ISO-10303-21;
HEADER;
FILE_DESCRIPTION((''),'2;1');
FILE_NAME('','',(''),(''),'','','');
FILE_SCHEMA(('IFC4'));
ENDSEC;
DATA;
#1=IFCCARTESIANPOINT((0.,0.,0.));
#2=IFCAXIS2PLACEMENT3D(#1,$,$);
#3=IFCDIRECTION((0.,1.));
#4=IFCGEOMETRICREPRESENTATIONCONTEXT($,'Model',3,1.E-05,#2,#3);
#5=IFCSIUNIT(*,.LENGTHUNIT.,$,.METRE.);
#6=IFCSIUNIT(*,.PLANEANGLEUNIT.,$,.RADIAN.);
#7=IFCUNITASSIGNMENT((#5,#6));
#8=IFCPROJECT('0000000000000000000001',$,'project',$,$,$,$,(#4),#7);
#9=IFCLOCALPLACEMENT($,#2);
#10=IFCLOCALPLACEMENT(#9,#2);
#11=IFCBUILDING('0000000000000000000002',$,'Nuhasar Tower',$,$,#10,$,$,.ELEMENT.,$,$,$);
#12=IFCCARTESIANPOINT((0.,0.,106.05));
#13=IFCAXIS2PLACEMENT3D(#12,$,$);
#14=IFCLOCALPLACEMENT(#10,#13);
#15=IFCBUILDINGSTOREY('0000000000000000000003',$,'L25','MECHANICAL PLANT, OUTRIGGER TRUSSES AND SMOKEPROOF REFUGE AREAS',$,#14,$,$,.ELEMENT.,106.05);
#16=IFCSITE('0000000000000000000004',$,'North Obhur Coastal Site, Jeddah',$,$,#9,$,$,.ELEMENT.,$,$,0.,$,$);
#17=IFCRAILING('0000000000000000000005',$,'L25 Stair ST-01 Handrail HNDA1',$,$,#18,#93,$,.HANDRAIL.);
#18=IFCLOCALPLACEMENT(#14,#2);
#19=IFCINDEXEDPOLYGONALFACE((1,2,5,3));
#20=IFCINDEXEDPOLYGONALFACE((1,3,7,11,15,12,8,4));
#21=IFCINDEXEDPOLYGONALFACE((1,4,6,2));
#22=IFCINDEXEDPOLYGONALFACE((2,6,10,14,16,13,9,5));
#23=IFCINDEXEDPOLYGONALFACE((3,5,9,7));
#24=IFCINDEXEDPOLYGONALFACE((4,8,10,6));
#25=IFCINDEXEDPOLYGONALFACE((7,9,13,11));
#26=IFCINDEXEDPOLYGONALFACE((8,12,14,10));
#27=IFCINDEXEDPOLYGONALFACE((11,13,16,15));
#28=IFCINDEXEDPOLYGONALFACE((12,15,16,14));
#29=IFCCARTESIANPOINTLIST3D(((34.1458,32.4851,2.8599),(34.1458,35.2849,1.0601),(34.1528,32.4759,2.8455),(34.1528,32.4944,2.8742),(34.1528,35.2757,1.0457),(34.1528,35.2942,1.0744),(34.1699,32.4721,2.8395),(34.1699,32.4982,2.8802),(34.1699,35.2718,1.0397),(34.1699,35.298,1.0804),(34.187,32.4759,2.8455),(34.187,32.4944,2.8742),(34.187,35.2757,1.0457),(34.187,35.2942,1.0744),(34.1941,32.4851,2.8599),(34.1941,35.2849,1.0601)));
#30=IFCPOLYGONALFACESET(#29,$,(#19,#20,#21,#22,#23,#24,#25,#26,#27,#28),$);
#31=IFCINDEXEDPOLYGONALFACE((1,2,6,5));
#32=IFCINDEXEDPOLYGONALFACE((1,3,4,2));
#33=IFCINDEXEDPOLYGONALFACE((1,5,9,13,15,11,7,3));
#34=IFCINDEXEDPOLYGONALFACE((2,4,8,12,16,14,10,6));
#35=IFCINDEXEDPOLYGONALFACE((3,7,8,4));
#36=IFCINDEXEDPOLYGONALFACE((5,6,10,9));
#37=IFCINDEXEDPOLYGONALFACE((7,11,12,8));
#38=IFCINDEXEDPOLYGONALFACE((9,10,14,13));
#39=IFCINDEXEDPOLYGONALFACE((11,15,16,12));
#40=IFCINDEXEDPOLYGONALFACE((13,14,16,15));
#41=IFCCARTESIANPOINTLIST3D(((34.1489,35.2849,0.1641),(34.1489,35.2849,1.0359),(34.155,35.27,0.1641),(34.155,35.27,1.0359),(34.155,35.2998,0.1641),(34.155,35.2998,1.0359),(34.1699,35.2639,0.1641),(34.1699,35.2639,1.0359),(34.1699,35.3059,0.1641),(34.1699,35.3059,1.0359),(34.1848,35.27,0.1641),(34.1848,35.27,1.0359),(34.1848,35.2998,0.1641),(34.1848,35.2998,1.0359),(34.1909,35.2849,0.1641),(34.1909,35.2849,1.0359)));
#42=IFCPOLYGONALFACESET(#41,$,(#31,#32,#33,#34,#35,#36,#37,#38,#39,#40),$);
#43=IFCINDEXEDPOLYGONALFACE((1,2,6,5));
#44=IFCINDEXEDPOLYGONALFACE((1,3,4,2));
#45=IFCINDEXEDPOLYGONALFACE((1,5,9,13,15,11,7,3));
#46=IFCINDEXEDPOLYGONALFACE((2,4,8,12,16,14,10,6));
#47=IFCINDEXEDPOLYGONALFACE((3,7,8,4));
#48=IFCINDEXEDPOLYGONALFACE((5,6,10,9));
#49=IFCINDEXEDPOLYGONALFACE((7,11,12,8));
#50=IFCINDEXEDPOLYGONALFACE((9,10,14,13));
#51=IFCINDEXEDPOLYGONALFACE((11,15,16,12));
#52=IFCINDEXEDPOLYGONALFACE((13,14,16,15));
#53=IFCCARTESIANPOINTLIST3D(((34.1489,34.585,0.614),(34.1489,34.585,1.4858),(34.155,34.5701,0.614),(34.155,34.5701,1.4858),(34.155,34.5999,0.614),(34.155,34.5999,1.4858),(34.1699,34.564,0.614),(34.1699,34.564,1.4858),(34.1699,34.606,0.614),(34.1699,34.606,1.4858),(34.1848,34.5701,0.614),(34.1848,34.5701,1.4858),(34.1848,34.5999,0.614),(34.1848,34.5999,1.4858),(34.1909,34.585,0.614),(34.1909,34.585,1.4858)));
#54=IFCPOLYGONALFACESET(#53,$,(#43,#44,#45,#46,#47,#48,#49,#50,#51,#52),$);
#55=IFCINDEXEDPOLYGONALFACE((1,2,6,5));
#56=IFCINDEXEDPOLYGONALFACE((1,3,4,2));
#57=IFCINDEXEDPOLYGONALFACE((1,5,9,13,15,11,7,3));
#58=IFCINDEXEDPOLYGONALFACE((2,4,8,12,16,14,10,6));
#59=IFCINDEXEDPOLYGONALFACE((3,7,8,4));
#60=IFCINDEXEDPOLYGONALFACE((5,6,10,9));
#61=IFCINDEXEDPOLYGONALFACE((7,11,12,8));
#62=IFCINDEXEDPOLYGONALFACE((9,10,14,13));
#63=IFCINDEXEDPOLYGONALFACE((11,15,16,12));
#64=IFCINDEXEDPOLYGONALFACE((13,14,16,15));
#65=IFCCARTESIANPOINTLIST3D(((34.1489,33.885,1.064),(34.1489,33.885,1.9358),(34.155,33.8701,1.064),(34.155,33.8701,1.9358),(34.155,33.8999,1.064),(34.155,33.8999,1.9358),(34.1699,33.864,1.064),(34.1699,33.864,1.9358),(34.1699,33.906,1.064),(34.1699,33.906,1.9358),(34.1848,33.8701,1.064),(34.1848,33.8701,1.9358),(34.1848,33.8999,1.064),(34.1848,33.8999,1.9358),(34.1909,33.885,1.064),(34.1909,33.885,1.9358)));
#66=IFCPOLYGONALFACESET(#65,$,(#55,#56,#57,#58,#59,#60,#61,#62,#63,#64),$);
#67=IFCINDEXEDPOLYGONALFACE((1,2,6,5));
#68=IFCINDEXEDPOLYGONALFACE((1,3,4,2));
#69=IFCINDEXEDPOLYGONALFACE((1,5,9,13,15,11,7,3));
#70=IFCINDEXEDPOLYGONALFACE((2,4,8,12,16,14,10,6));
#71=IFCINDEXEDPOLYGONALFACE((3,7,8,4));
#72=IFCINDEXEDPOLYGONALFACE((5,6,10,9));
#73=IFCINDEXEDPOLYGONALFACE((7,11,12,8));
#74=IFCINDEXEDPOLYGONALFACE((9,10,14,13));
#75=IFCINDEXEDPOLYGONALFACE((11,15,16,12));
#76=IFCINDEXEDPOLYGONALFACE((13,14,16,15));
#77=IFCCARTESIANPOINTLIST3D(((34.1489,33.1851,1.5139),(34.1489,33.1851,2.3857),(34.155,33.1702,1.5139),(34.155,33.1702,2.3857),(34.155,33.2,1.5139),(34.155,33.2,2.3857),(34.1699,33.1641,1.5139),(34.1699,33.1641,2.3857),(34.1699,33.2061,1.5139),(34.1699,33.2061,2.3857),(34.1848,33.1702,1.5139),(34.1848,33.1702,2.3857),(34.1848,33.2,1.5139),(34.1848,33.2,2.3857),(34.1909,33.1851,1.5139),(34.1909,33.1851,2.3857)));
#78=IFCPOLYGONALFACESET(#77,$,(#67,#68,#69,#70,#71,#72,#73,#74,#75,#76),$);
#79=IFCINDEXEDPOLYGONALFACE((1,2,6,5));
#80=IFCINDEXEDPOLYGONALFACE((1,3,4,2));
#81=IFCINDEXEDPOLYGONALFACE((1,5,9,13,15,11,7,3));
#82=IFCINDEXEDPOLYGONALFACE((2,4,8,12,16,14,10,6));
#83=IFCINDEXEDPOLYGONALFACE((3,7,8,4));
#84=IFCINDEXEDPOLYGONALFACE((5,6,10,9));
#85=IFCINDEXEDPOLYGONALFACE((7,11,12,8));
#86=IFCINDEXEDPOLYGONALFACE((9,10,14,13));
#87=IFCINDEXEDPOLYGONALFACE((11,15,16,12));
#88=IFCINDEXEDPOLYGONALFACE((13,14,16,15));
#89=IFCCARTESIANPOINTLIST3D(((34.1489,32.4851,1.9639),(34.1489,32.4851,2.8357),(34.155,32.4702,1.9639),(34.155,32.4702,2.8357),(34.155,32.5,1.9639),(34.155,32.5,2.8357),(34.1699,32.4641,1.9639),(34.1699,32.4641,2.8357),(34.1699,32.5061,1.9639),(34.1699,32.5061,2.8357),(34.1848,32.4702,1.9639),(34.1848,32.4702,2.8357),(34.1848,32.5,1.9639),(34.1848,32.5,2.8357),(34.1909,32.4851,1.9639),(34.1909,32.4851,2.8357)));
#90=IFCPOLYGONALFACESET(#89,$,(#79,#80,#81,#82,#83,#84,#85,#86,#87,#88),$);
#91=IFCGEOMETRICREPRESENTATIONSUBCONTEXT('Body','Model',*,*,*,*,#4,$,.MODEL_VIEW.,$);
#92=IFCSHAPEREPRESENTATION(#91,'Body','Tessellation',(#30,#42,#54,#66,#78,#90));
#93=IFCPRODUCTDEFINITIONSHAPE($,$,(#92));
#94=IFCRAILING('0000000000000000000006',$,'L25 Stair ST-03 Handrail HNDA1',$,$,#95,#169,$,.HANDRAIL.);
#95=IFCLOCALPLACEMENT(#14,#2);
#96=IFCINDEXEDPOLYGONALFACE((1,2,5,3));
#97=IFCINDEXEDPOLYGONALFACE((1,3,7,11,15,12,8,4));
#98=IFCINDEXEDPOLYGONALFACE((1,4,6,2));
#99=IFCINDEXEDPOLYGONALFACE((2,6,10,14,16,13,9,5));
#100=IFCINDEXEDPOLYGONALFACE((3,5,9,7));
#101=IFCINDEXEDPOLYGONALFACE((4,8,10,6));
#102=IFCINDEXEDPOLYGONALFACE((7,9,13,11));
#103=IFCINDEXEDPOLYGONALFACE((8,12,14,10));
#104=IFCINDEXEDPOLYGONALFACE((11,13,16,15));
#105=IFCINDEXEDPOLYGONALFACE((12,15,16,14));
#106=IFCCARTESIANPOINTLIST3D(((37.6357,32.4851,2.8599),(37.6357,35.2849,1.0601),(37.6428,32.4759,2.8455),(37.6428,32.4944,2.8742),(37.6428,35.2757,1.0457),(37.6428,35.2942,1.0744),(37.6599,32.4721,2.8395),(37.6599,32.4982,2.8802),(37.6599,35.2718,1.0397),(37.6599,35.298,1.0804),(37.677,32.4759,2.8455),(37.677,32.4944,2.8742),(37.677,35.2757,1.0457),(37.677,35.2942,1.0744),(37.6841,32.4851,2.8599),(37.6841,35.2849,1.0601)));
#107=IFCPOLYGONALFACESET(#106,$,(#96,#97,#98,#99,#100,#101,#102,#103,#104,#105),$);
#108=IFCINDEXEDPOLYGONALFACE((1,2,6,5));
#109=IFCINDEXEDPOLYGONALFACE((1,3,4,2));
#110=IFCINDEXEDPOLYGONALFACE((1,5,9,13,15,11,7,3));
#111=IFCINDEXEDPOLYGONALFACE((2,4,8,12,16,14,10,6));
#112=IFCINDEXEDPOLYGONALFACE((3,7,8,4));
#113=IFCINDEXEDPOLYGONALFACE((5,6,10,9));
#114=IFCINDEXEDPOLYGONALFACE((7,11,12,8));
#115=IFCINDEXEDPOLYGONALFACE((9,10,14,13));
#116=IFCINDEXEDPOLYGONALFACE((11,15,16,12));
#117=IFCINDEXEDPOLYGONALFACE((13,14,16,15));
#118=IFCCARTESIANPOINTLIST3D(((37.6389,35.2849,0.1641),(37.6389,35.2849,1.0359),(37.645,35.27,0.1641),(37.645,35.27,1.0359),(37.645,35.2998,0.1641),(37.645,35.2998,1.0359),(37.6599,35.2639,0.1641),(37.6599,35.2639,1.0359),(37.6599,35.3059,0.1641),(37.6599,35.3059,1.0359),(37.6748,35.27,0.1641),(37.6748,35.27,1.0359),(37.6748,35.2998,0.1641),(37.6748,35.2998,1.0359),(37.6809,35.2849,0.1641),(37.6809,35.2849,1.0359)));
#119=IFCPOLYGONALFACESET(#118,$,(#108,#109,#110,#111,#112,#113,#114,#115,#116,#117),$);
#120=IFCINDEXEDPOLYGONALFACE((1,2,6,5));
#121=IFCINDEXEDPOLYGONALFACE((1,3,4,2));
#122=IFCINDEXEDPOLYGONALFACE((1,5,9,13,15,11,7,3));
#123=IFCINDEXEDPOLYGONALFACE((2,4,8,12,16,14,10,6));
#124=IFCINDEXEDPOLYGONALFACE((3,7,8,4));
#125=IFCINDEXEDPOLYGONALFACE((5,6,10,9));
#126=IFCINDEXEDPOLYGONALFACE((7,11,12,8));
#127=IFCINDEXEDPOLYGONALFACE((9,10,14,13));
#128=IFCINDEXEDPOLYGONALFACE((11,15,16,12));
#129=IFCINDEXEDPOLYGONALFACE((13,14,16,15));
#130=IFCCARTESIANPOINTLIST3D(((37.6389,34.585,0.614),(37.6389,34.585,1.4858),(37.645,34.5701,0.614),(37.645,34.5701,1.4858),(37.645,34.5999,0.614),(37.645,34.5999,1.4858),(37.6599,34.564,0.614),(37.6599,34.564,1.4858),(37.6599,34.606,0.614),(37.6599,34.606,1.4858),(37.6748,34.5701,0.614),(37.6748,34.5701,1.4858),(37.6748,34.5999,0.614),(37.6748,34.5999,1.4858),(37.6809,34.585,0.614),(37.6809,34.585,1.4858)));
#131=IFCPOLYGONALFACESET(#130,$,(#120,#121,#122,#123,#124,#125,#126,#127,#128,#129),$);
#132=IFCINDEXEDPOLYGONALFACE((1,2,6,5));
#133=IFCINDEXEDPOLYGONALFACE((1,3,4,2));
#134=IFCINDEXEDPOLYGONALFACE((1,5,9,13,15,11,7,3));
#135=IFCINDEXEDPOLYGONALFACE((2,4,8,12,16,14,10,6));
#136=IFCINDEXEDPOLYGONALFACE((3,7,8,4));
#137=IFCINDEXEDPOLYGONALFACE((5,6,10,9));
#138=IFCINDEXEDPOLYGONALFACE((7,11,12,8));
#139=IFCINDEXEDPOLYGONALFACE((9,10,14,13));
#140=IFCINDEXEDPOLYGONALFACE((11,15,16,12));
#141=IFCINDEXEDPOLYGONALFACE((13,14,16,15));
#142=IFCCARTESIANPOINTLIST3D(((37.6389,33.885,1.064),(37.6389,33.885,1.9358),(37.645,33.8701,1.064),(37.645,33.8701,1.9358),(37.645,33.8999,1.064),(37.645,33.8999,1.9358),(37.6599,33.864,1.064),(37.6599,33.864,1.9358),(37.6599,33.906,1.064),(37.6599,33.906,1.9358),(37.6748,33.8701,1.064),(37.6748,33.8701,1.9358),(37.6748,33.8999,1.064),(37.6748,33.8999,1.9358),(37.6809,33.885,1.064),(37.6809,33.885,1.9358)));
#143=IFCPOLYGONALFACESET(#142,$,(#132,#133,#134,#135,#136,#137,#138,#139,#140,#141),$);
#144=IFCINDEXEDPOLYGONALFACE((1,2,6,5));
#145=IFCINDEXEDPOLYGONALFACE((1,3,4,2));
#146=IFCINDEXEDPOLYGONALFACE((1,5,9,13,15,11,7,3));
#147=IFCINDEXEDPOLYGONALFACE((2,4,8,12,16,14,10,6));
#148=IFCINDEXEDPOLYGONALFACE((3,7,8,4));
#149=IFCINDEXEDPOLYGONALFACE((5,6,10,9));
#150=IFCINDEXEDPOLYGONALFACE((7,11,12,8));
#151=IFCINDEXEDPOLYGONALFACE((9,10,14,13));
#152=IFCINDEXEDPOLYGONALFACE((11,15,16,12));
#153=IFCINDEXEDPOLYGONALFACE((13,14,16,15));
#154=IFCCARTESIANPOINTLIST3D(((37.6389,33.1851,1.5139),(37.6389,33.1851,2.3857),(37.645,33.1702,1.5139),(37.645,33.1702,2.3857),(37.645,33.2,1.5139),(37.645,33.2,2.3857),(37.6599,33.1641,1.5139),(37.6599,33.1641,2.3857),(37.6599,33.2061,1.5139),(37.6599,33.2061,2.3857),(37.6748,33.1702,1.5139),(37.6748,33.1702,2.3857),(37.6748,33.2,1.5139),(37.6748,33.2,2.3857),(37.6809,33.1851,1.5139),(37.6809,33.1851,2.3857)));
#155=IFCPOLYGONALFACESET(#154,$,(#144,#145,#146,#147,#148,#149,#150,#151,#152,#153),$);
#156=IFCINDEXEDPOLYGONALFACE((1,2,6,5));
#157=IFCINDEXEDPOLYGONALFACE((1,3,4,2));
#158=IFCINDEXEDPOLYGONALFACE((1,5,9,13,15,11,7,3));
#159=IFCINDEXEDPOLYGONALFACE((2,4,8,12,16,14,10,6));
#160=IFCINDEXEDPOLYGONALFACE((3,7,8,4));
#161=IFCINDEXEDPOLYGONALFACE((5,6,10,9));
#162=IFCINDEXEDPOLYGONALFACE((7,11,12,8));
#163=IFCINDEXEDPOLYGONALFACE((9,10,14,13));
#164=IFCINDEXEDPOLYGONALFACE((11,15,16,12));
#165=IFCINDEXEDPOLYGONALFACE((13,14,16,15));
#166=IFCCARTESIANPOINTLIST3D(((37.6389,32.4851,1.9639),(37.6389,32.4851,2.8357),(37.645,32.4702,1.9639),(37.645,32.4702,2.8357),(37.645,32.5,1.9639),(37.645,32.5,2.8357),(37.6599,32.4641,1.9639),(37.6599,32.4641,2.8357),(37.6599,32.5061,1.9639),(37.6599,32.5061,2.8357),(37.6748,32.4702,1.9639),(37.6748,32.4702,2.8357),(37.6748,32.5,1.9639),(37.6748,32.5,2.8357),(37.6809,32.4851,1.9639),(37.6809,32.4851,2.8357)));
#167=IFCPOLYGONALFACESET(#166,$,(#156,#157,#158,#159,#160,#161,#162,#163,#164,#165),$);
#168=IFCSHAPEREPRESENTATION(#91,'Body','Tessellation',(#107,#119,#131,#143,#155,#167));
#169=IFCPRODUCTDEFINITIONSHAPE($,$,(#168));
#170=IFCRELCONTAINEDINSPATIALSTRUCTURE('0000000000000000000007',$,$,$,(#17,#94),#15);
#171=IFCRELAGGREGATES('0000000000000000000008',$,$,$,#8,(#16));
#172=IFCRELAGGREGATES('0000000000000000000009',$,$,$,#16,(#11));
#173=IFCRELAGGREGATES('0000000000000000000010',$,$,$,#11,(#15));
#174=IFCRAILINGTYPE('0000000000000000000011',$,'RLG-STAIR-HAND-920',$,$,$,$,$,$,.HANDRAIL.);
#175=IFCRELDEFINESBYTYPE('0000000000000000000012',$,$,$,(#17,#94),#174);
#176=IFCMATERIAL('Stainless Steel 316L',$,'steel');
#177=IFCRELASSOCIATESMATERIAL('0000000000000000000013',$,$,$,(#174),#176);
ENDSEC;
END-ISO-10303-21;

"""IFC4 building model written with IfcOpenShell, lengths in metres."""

from ifc_helpers import new_model, si_unit, direction, frame, origin, place, context, subcontext, project, spatial, polyline, outline, extrude, material, type_object, element, save


model = new_model("IFC4")

# Units and contexts
model_context = context("Model", 3, precision=1e-05, world=origin(), true_north=direction((0.0, 1.0)))
body_context = subcontext(model_context, "Body", "Model", "MODEL_VIEW")
ifc_project = project(units=[si_unit("LENGTHUNIT", "METRE"), si_unit("PLANEANGLEUNIT", "RADIAN")], contexts=[model_context])

# Site, building, storey
site_placement = place(None, origin())
site = spatial("IfcSite", under=ifc_project, at=site_placement, Name="North Obhur Coastal Site, Jeddah", CompositionType="ELEMENT", RefElevation=0.0)
building_placement = place(site_placement, origin())
building = spatial("IfcBuilding", under=site, at=building_placement, Name="Nuhasar Tower", CompositionType="ELEMENT")
storey_placement = place(building_placement, frame((0.0, 0.0, 106.05)))
storey = spatial("IfcBuildingStorey", under=building, at=storey_placement, Name="L25", Description="MECHANICAL PLANT, OUTRIGGER TRUSSES AND SMOKEPROOF REFUGE AREAS", CompositionType="ELEMENT", Elevation=106.05)

# Railings
ifc_material_1 = material(Name="Stainless Steel 316L", Category="steel")
railing_type_1 = type_object("IfcRailingType", Name="RLG-STAIR-HAND-920", PredefinedType="HANDRAIL", material=ifc_material_1)
railing_1_placement = place(storey_placement, frame((34.1699, 35.2849, 0.1641)))
element("IfcRailing", 1, at=railing_1_placement, inside=storey, type_object=railing_type_1, Name="L25 Stair ST-01 Handrail HNDA1", PredefinedType="HANDRAIL", context=body_context, shape_type="SweptSolid", body=[
    extrude(outline(polyline([(0.0242, 0.0), (0.0171, 0.0171), (0.0, 0.0242), (-0.0171, 0.0171), (-0.0242, 0.0), (-0.0171, -0.0171), (0.0, -0.0242), (0.0171, -0.0171), (0.0242, 0.0)])), frame((0.0, 0.0, 0.896), z_axis=(0.0, -0.841188, 0.540743), x_axis=(1.0, 0.0, 0.0)), (0.0, 0.0, 1.0), 3.3284),
    extrude(outline(polyline([(0.021, 0.0), (0.0149, 0.0149), (0.0, 0.021), (-0.0149, 0.0149), (-0.021, 0.0), (-0.0149, -0.0149), (0.0, -0.021), (0.0149, -0.0149), (0.021, 0.0)])), origin(), (0.0, 0.0, 1.0), 0.8718),
    extrude(outline(polyline([(0.021, 0.0), (0.0149, 0.0149), (0.0, 0.021), (-0.0149, 0.0149), (-0.021, 0.0), (-0.0149, -0.0149), (0.0, -0.021), (0.0149, -0.0149), (0.021, 0.0)])), frame((0.0, -0.7, 0.45)), (0.0, 0.0, 1.0), 0.8718),
    extrude(outline(polyline([(0.021, 0.0), (0.0149, 0.0149), (0.0, 0.021), (-0.0149, 0.0149), (-0.021, 0.0), (-0.0149, -0.0149), (0.0, -0.021), (0.0149, -0.0149), (0.021, 0.0)])), frame((0.0, -1.3999, 0.8999)), (0.0, 0.0, 1.0), 0.8718),
    extrude(outline(polyline([(0.021, 0.0), (0.0149, 0.0149), (0.0, 0.021), (-0.0149, 0.0149), (-0.021, 0.0), (-0.0149, -0.0149), (0.0, -0.021), (0.0149, -0.0149), (0.021, 0.0)])), frame((0.0, -2.0999, 1.3499)), (0.0, 0.0, 1.0), 0.8718),
    extrude(outline(polyline([(0.021, 0.0), (0.0149, 0.0149), (0.0, 0.021), (-0.0149, 0.0149), (-0.021, 0.0), (-0.0149, -0.0149), (0.0, -0.021), (0.0149, -0.0149), (0.021, 0.0)])), frame((0.0, -2.7998, 1.7998)), (0.0, 0.0, 1.0), 0.8718),
])
railing_2_placement = place(storey_placement, frame((37.6599, 35.2849, 0.1641)))
element("IfcRailing", 2, at=railing_2_placement, inside=storey, type_object=railing_type_1, Name="L25 Stair ST-03 Handrail HNDA1", PredefinedType="HANDRAIL", context=body_context, shape_type="SweptSolid", body=[
    extrude(outline(polyline([(0.0242, 0.0), (0.0171, 0.0171), (0.0, 0.0242), (-0.0171, 0.0171), (-0.0242, 0.0), (-0.0171, -0.0171), (0.0, -0.0242), (0.0171, -0.0171), (0.0242, 0.0)])), frame((0.0, 0.0, 0.896), z_axis=(0.0, -0.841188, 0.540743), x_axis=(1.0, 0.0, 0.0)), (0.0, 0.0, 1.0), 3.3284),
    extrude(outline(polyline([(0.021, 0.0), (0.0149, 0.0149), (0.0, 0.021), (-0.0149, 0.0149), (-0.021, 0.0), (-0.0149, -0.0149), (0.0, -0.021), (0.0149, -0.0149), (0.021, 0.0)])), origin(), (0.0, 0.0, 1.0), 0.8718),
    extrude(outline(polyline([(0.021, 0.0), (0.0149, 0.0149), (0.0, 0.021), (-0.0149, 0.0149), (-0.021, 0.0), (-0.0149, -0.0149), (0.0, -0.021), (0.0149, -0.0149), (0.021, 0.0)])), frame((0.0, -0.7, 0.45)), (0.0, 0.0, 1.0), 0.8718),
    extrude(outline(polyline([(0.021, 0.0), (0.0149, 0.0149), (0.0, 0.021), (-0.0149, 0.0149), (-0.021, 0.0), (-0.0149, -0.0149), (0.0, -0.021), (0.0149, -0.0149), (0.021, 0.0)])), frame((0.0, -1.3999, 0.8999)), (0.0, 0.0, 1.0), 0.8718),
    extrude(outline(polyline([(0.021, 0.0), (0.0149, 0.0149), (0.0, 0.021), (-0.0149, 0.0149), (-0.021, 0.0), (-0.0149, -0.0149), (0.0, -0.021), (0.0149, -0.0149), (0.021, 0.0)])), frame((0.0, -2.0999, 1.3499)), (0.0, 0.0, 1.0), 0.8718),
    extrude(outline(polyline([(0.021, 0.0), (0.0149, 0.0149), (0.0, 0.021), (-0.0149, 0.0149), (-0.021, 0.0), (-0.0149, -0.0149), (0.0, -0.021), (0.0149, -0.0149), (0.021, 0.0)])), frame((0.0, -2.7998, 1.7998)), (0.0, 0.0, 1.0), 0.8718),
])

save(model, "model.ifc")
